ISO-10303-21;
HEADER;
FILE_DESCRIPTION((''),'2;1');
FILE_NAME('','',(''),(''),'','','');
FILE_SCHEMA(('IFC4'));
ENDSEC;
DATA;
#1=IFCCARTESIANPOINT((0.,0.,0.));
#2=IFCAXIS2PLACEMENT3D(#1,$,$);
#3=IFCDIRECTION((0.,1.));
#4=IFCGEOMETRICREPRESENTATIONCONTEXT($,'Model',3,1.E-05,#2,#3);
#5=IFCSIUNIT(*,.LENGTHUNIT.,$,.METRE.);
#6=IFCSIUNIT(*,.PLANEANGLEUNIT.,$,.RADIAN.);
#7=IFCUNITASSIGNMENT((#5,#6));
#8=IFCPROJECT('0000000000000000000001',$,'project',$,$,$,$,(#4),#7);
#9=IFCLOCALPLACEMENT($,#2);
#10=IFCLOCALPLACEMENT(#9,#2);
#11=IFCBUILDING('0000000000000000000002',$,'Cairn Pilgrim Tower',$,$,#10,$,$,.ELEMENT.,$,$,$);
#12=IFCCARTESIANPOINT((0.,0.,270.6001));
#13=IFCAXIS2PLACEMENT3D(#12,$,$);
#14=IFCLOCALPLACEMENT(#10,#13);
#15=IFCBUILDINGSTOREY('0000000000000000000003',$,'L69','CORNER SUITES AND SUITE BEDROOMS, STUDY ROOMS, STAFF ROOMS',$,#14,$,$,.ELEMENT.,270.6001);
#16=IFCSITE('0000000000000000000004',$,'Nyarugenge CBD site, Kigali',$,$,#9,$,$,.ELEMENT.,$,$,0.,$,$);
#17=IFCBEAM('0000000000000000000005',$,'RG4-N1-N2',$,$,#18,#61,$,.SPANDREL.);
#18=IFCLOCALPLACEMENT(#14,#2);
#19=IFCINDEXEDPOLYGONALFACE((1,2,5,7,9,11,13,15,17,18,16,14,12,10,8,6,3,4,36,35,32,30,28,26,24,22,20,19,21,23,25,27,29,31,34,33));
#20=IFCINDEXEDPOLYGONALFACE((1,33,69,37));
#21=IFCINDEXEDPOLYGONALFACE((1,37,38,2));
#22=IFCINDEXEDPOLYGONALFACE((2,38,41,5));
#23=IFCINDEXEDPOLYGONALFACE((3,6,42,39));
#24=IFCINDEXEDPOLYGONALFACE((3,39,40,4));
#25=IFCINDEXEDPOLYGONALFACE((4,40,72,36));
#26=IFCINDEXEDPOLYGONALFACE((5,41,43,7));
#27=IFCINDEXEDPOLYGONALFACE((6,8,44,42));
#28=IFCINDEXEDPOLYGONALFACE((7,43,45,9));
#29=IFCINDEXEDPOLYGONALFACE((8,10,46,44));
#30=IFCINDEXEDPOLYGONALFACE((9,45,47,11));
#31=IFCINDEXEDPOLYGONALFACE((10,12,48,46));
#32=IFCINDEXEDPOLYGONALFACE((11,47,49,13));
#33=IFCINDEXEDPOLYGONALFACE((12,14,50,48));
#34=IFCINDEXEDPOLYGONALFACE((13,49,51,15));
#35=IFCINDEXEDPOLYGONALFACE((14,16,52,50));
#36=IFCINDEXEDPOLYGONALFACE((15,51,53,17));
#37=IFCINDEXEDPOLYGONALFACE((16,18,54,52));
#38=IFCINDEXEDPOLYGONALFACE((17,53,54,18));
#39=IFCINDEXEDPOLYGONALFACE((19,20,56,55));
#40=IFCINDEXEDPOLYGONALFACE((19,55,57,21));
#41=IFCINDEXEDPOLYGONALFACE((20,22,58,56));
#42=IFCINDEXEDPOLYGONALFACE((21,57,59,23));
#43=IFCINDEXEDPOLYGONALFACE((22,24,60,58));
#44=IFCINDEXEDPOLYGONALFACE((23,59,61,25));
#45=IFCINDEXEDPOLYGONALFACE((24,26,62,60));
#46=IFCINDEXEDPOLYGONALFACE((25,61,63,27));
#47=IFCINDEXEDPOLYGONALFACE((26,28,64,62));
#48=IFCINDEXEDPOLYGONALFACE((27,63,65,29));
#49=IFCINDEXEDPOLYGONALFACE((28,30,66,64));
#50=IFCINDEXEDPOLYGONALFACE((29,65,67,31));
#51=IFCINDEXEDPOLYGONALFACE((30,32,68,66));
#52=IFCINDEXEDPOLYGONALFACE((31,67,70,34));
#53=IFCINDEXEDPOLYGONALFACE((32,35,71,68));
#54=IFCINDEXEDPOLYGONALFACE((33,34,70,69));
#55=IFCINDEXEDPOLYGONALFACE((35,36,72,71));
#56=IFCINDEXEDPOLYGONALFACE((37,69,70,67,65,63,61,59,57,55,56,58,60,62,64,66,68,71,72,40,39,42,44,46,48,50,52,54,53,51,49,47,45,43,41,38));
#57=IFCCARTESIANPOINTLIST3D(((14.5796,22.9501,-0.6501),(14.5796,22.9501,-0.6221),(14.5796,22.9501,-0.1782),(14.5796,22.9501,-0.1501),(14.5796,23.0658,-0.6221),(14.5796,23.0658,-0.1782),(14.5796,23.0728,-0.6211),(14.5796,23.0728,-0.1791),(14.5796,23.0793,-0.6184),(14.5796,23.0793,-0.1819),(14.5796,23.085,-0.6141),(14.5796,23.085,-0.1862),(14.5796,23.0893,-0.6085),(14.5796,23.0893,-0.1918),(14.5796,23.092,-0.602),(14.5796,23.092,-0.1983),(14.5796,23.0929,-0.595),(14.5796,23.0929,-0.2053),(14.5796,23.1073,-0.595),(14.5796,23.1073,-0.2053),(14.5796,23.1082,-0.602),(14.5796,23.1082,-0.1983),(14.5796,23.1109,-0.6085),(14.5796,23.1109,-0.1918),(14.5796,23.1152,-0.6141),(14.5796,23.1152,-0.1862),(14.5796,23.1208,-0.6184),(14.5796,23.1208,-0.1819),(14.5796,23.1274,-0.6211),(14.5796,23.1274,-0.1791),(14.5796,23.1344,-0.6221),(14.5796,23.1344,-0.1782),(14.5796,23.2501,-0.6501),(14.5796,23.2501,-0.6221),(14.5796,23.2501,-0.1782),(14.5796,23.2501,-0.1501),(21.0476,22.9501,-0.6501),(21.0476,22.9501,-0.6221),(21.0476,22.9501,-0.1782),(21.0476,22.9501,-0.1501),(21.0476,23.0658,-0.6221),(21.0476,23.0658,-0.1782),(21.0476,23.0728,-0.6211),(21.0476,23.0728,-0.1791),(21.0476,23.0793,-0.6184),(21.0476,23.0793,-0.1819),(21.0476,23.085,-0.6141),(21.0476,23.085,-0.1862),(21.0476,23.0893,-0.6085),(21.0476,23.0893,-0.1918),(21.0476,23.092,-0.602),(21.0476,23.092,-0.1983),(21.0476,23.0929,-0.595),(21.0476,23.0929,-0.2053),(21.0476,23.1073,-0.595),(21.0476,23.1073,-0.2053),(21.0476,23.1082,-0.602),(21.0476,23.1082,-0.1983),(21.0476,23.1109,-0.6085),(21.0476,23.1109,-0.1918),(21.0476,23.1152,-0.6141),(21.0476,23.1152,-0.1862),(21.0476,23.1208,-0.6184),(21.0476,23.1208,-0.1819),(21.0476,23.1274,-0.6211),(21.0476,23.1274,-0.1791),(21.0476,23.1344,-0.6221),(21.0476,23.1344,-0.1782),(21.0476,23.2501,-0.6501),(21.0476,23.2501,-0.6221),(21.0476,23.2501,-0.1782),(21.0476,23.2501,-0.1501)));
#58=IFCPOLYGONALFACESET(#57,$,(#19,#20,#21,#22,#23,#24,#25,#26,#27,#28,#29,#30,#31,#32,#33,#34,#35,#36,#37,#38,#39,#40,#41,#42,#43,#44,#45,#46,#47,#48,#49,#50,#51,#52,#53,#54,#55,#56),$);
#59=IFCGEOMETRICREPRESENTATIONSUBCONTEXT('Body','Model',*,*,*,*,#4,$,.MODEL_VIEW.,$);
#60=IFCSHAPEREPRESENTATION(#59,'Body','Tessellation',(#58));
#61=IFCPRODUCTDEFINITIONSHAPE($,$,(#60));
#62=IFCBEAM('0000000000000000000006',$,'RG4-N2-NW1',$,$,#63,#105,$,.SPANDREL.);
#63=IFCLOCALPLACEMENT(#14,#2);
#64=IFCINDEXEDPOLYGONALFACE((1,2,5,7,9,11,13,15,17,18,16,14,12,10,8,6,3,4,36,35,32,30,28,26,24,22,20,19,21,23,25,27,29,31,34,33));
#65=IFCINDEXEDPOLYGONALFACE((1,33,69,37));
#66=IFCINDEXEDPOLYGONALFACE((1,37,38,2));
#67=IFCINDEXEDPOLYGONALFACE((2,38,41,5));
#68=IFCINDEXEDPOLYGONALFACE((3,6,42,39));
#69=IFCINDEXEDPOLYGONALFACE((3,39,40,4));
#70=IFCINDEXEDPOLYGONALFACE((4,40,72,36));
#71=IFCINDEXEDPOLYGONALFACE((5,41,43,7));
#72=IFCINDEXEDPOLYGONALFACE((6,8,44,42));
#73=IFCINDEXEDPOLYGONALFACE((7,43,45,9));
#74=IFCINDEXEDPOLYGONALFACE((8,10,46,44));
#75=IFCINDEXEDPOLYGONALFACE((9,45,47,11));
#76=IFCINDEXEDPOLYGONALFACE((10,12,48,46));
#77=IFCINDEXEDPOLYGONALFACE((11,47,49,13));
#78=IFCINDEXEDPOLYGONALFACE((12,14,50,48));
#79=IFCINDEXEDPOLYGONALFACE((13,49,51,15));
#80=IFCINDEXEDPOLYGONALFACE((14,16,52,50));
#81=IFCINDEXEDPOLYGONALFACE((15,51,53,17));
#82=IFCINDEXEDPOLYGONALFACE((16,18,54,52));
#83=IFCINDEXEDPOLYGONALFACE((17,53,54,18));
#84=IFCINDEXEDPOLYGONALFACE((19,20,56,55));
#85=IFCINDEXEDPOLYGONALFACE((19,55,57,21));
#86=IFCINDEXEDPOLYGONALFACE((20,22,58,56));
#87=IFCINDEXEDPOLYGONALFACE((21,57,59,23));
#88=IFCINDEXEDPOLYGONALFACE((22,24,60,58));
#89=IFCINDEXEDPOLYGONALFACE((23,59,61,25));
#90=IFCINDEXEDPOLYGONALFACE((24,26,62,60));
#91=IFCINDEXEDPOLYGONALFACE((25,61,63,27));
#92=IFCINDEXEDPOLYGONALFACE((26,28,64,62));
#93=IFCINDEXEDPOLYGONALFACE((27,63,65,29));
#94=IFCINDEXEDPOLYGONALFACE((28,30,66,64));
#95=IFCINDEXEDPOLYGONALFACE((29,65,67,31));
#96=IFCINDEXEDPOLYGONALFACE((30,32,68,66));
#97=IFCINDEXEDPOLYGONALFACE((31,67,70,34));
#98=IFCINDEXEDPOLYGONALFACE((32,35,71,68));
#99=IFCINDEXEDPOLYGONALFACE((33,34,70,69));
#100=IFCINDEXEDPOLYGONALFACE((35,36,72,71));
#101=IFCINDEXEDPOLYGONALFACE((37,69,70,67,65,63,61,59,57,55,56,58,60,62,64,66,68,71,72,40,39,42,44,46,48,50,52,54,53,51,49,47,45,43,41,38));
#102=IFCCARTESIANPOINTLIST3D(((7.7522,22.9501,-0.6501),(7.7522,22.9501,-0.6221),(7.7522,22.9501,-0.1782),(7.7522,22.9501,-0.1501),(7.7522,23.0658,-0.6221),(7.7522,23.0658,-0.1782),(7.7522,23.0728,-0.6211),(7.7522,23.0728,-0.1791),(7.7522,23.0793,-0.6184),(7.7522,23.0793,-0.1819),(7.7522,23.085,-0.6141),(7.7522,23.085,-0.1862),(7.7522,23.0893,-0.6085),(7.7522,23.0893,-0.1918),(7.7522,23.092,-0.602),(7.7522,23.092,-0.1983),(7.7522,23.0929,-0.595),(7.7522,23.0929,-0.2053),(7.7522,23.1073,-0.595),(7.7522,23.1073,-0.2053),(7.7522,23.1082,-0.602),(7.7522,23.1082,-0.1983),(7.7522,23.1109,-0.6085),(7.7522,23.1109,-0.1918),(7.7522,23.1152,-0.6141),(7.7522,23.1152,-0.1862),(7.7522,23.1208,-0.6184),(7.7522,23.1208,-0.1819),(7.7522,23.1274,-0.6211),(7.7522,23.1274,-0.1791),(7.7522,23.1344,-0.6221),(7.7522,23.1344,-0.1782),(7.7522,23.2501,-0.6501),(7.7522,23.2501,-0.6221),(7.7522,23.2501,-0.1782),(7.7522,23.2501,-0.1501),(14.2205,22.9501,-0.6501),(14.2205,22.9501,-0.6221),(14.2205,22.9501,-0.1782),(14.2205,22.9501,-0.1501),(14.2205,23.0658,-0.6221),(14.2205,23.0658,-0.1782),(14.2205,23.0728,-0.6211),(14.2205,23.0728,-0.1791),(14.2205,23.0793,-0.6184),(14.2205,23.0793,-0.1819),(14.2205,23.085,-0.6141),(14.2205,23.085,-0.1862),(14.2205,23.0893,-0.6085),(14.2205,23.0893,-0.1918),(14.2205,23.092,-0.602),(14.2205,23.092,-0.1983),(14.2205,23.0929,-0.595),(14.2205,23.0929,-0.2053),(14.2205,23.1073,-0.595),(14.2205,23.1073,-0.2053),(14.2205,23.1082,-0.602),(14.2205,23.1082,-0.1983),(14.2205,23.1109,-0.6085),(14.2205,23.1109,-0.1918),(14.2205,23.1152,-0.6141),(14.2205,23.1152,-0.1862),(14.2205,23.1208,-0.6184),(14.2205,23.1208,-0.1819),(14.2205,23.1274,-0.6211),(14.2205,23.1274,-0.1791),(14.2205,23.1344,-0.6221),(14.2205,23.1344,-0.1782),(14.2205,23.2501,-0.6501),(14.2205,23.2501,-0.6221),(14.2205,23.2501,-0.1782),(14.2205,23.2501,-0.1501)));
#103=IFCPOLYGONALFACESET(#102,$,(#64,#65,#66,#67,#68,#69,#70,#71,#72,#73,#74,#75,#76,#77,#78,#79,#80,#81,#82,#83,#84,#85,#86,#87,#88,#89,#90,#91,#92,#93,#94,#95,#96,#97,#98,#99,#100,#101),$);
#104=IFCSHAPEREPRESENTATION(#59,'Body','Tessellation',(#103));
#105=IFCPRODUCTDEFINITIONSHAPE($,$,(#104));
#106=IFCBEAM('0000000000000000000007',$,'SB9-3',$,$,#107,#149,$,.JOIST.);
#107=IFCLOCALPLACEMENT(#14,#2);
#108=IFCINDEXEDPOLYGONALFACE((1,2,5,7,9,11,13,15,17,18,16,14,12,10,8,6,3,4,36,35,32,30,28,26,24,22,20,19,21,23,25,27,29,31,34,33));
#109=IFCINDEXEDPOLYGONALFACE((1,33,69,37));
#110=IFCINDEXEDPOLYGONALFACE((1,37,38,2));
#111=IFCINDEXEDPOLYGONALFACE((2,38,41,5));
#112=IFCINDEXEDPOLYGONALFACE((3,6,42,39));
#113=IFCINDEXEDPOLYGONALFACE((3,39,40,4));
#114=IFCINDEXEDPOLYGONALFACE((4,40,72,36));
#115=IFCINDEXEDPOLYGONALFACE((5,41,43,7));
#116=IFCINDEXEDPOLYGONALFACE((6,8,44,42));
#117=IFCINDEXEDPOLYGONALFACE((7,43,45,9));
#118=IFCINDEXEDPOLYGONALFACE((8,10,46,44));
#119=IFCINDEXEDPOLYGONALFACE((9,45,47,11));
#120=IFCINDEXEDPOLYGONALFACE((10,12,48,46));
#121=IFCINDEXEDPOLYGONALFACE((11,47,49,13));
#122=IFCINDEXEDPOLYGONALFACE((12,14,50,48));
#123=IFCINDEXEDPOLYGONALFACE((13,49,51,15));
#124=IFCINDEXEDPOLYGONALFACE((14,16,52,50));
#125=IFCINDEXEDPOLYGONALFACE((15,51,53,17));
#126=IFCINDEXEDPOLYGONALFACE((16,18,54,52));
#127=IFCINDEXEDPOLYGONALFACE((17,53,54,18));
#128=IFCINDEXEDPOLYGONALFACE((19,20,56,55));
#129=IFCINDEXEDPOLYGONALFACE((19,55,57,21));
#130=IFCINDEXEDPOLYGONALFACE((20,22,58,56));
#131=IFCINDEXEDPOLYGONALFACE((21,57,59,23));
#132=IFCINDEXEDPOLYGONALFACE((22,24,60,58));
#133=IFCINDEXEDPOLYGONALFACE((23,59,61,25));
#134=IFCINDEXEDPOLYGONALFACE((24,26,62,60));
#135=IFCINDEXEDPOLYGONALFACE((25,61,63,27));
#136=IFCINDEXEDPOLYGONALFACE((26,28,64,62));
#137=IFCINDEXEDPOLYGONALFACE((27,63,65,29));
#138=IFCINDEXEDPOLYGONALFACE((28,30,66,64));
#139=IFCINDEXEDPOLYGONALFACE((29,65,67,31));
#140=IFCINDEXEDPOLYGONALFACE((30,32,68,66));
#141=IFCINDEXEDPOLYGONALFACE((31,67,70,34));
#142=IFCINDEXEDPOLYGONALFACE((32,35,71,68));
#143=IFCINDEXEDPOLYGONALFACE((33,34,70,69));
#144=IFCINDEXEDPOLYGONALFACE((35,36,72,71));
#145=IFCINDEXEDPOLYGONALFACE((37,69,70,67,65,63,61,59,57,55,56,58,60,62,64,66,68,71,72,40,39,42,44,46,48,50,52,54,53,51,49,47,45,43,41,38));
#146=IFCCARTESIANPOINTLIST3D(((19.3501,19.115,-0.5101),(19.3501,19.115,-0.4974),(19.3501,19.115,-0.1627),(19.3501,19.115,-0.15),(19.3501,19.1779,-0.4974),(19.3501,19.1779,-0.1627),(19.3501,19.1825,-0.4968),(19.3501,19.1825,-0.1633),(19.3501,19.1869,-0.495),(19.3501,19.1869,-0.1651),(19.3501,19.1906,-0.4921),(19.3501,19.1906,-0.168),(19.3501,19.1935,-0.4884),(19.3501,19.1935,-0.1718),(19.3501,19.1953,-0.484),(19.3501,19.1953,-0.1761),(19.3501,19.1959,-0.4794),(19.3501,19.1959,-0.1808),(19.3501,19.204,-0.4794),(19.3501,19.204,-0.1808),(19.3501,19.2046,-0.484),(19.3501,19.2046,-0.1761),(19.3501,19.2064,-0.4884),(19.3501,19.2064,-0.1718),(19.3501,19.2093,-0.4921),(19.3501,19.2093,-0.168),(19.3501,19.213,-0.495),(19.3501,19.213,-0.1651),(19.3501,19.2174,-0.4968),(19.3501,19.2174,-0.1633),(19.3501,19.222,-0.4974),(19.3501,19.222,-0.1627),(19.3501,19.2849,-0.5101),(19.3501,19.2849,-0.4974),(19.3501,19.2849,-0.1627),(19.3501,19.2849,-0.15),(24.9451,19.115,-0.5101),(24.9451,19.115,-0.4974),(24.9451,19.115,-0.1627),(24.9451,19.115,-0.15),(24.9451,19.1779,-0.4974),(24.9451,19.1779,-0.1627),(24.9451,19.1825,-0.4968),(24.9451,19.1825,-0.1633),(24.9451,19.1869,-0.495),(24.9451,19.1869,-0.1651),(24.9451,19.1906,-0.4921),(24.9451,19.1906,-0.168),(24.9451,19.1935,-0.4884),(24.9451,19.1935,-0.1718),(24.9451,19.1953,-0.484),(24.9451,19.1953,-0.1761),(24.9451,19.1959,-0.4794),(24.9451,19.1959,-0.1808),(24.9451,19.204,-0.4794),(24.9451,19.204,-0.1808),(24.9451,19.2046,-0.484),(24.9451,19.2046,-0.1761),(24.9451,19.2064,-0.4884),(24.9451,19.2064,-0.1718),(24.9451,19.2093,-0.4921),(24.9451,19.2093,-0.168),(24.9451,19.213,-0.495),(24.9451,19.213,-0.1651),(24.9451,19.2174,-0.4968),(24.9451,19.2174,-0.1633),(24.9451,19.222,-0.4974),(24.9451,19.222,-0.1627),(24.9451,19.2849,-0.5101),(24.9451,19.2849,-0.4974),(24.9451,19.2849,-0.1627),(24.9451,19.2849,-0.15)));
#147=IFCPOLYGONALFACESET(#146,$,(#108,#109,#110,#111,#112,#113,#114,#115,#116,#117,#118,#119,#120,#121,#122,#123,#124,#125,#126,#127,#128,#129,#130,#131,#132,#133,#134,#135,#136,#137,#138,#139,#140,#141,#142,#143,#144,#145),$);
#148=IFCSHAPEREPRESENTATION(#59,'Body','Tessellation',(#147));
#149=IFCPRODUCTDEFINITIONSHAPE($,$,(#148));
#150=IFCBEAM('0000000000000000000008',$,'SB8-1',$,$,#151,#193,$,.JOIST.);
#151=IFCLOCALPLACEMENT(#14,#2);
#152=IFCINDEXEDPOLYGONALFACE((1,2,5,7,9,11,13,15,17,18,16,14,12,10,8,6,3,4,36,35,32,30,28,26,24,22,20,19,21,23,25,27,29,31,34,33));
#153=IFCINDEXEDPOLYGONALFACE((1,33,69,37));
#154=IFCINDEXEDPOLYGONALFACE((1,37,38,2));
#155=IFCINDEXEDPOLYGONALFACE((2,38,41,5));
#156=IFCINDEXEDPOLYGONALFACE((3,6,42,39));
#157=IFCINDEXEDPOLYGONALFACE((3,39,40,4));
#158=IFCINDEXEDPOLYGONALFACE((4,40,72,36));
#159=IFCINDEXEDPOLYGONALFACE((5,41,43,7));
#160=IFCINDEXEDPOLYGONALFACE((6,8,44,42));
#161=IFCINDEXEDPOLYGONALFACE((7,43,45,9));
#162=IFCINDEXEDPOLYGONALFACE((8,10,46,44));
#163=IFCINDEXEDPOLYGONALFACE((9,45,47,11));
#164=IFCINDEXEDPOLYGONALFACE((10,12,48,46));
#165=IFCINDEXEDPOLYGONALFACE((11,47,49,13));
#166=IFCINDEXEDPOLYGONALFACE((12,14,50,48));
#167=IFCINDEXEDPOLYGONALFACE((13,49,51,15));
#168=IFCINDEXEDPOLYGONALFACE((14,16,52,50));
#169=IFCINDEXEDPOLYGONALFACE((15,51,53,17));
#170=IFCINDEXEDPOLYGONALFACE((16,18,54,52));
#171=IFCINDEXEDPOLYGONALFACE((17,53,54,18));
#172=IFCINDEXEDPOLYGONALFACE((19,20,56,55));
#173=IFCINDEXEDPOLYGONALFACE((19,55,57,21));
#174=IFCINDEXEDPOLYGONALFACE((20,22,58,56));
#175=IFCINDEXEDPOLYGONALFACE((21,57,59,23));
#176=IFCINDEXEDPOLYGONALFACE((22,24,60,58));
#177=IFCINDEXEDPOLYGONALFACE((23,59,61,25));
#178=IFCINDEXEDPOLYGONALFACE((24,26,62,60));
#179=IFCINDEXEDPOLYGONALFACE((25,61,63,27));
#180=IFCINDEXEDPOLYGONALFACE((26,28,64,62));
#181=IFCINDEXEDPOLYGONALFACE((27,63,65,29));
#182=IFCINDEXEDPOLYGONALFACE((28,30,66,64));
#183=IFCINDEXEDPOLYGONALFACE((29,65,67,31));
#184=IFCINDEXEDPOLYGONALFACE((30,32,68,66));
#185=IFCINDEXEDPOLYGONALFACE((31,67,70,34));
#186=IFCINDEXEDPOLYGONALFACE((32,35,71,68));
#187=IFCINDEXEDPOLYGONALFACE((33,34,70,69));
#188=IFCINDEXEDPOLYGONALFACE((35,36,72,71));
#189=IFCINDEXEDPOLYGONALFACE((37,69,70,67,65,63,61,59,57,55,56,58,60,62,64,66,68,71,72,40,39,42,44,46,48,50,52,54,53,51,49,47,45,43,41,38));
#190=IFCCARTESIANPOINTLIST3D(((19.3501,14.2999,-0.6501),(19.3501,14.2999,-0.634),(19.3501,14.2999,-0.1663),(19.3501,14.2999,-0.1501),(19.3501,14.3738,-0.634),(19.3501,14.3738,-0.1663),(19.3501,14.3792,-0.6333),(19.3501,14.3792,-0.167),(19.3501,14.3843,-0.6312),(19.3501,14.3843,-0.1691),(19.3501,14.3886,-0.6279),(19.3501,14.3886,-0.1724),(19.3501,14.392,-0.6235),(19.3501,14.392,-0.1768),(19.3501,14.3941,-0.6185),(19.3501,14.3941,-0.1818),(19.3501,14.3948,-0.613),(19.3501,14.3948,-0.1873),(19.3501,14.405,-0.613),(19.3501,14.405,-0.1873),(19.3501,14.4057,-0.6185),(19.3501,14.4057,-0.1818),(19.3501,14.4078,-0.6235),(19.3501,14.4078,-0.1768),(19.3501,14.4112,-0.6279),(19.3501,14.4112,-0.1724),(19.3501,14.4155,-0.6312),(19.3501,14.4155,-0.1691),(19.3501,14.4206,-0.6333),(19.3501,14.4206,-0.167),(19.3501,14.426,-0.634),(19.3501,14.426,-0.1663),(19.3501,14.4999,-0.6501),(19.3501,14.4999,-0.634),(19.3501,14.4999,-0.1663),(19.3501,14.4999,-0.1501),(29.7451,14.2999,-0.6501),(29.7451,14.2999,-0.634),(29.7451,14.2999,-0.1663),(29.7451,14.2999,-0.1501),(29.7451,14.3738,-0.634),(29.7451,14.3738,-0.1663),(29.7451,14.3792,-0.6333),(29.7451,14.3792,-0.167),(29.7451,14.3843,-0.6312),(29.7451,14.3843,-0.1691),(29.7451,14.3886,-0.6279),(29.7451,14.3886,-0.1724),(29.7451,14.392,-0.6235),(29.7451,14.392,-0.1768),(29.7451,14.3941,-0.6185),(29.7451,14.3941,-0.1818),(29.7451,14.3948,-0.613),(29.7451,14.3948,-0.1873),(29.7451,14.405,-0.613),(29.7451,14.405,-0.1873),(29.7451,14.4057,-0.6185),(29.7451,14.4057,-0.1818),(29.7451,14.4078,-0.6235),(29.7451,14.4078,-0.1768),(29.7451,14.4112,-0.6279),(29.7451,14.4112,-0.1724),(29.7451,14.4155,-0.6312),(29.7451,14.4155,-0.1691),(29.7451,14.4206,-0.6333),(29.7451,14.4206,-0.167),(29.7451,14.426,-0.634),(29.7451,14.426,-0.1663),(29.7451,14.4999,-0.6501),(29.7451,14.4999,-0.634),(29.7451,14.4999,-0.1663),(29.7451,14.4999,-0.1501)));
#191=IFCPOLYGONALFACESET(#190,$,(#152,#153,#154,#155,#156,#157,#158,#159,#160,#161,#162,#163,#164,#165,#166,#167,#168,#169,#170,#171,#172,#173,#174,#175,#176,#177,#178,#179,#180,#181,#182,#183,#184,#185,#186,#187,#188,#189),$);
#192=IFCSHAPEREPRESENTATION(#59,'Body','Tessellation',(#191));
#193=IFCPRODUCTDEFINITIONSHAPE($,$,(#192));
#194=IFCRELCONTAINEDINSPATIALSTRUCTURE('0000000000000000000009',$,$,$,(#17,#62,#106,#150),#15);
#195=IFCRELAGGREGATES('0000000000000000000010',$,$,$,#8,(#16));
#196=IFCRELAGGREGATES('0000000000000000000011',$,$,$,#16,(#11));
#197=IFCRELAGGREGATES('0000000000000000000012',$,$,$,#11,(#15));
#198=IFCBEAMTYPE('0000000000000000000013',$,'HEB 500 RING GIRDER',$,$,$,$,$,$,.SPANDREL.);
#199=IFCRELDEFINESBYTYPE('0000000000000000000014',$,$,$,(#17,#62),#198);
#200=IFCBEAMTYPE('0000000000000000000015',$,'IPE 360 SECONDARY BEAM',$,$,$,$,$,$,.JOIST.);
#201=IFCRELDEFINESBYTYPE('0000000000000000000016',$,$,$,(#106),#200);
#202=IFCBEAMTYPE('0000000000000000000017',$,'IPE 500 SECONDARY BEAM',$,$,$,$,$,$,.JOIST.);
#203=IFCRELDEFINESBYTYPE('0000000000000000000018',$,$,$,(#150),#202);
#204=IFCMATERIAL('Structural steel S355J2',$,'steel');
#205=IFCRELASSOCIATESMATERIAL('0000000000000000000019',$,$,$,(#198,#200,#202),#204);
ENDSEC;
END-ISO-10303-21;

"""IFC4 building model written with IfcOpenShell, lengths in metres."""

from ifc_helpers import new_model, si_unit, direction, frame, origin, origin_2d, place, context, subcontext, project, spatial, i_section, extrude, material, material_profile, profile_set, type_object, element, save


model = new_model("IFC4")

# Units and contexts
model_context = context("Model", 3, precision=1e-05, world=origin(), true_north=direction((0.0, 1.0)))
body_context = subcontext(model_context, "Body", "Model", "MODEL_VIEW")
ifc_project = project(units=[si_unit("LENGTHUNIT", "METRE"), si_unit("PLANEANGLEUNIT", "RADIAN")], contexts=[model_context])

# Site, building, storey
site_placement = place(None, origin())
site = spatial("IfcSite", under=ifc_project, at=site_placement, Name="Nyarugenge CBD site, Kigali", CompositionType="ELEMENT", RefElevation=0.0)
building_placement = place(site_placement, origin())
building = spatial("IfcBuilding", under=site, at=building_placement, Name="Cairn Pilgrim Tower", CompositionType="ELEMENT")
storey_placement = place(building_placement, frame((0.0, 0.0, 270.6001)))
storey = spatial("IfcBuildingStorey", under=building, at=storey_placement, Name="L69", Description="CORNER SUITES AND SUITE BEDROOMS, STUDY ROOMS, STAFF ROOMS", CompositionType="ELEMENT", Elevation=270.6001)

# Shared definitions
ifc_material_1 = material(Name="Structural steel S355J2", Category="steel")

# Beams
ifc_material_profile_1 = material_profile(ifc_material_1, i_section(OverallWidth=0.3, OverallDepth=0.5, WebThickness=0.0144, FlangeThickness=0.0281, FilletRadius=0.0271, at=origin_2d()), Name="HEB 500")
ifc_profile_set_1 = profile_set([ifc_material_profile_1], Name="Structural steel S355J2")
beam_type_1 = type_object("IfcBeamType", Name="HEB 500 RING GIRDER", PredefinedType="SPANDREL", material=ifc_profile_set_1)
beam_1_placement = place(storey_placement, frame((21.0476, 23.1001, -0.4001), z_axis=(-1.0, 0.0, 0.0), x_axis=(0.0, -1.0, 0.0)))
element("IfcBeam", 1, at=beam_1_placement, inside=storey, type_object=beam_type_1, Name="RG4-N1-N2", PredefinedType="SPANDREL", context=body_context, shape_type="SweptSolid", body=[
    extrude(i_section(OverallWidth=0.3, OverallDepth=0.5, WebThickness=0.0144, FlangeThickness=0.0281, FilletRadius=0.0271, at=origin_2d()), origin(), (0.0, 0.0, 1.0), 6.468),
])
beam_2_placement = place(storey_placement, frame((14.2205, 23.1001, -0.4001), z_axis=(-1.0, 0.0, 0.0), x_axis=(0.0, -1.0, 0.0)))
element("IfcBeam", 2, at=beam_2_placement, inside=storey, type_object=beam_type_1, Name="RG4-N2-NW1", PredefinedType="SPANDREL", context=body_context, shape_type="SweptSolid", body=[
    extrude(i_section(OverallWidth=0.3, OverallDepth=0.5, WebThickness=0.0144, FlangeThickness=0.0281, FilletRadius=0.0271, at=origin_2d()), origin(), (0.0, 0.0, 1.0), 6.4683),
])
ifc_material_profile_2 = material_profile(ifc_material_1, i_section(OverallWidth=0.1699, OverallDepth=0.3601, WebThickness=0.0081, FlangeThickness=0.0127, FilletRadius=0.0181, at=origin_2d()), Name="IPE 360")
ifc_profile_set_2 = profile_set([ifc_material_profile_2], Name="Structural steel S355J2")
beam_type_2 = type_object("IfcBeamType", Name="IPE 360 SECONDARY BEAM", PredefinedType="JOIST", material=ifc_profile_set_2)
beam_3_placement = place(storey_placement, frame((19.3501, 19.2, -0.3301), z_axis=(1.0, 0.0, 0.0), x_axis=(0.0, 1.0, 0.0)))
element("IfcBeam", 3, at=beam_3_placement, inside=storey, type_object=beam_type_2, Name="SB9-3", PredefinedType="JOIST", context=body_context, shape_type="SweptSolid", body=[
    extrude(i_section(OverallWidth=0.1699, OverallDepth=0.3601, WebThickness=0.0081, FlangeThickness=0.0127, FilletRadius=0.0181, at=origin_2d()), origin(), (0.0, 0.0, 1.0), 5.595),
])
ifc_material_profile_3 = material_profile(ifc_material_1, i_section(OverallWidth=0.2, OverallDepth=0.5, WebThickness=0.0103, FlangeThickness=0.0161, FilletRadius=0.021, at=origin_2d()), Name="IPE 500")
ifc_profile_set_3 = profile_set([ifc_material_profile_3], Name="Structural steel S355J2")
beam_type_3 = type_object("IfcBeamType", Name="IPE 500 SECONDARY BEAM", PredefinedType="JOIST", material=ifc_profile_set_3)
beam_4_placement = place(storey_placement, frame((19.3501, 14.3999, -0.4001), z_axis=(1.0, 0.0, 0.0), x_axis=(0.0, 1.0, 0.0)))
element("IfcBeam", 4, at=beam_4_placement, inside=storey, type_object=beam_type_3, Name="SB8-1", PredefinedType="JOIST", context=body_context, shape_type="SweptSolid", body=[
    extrude(i_section(OverallWidth=0.2, OverallDepth=0.5, WebThickness=0.0103, FlangeThickness=0.0161, FilletRadius=0.021, at=origin_2d()), origin(), (0.0, 0.0, 1.0), 10.395),
])

save(model, "model.ifc")
